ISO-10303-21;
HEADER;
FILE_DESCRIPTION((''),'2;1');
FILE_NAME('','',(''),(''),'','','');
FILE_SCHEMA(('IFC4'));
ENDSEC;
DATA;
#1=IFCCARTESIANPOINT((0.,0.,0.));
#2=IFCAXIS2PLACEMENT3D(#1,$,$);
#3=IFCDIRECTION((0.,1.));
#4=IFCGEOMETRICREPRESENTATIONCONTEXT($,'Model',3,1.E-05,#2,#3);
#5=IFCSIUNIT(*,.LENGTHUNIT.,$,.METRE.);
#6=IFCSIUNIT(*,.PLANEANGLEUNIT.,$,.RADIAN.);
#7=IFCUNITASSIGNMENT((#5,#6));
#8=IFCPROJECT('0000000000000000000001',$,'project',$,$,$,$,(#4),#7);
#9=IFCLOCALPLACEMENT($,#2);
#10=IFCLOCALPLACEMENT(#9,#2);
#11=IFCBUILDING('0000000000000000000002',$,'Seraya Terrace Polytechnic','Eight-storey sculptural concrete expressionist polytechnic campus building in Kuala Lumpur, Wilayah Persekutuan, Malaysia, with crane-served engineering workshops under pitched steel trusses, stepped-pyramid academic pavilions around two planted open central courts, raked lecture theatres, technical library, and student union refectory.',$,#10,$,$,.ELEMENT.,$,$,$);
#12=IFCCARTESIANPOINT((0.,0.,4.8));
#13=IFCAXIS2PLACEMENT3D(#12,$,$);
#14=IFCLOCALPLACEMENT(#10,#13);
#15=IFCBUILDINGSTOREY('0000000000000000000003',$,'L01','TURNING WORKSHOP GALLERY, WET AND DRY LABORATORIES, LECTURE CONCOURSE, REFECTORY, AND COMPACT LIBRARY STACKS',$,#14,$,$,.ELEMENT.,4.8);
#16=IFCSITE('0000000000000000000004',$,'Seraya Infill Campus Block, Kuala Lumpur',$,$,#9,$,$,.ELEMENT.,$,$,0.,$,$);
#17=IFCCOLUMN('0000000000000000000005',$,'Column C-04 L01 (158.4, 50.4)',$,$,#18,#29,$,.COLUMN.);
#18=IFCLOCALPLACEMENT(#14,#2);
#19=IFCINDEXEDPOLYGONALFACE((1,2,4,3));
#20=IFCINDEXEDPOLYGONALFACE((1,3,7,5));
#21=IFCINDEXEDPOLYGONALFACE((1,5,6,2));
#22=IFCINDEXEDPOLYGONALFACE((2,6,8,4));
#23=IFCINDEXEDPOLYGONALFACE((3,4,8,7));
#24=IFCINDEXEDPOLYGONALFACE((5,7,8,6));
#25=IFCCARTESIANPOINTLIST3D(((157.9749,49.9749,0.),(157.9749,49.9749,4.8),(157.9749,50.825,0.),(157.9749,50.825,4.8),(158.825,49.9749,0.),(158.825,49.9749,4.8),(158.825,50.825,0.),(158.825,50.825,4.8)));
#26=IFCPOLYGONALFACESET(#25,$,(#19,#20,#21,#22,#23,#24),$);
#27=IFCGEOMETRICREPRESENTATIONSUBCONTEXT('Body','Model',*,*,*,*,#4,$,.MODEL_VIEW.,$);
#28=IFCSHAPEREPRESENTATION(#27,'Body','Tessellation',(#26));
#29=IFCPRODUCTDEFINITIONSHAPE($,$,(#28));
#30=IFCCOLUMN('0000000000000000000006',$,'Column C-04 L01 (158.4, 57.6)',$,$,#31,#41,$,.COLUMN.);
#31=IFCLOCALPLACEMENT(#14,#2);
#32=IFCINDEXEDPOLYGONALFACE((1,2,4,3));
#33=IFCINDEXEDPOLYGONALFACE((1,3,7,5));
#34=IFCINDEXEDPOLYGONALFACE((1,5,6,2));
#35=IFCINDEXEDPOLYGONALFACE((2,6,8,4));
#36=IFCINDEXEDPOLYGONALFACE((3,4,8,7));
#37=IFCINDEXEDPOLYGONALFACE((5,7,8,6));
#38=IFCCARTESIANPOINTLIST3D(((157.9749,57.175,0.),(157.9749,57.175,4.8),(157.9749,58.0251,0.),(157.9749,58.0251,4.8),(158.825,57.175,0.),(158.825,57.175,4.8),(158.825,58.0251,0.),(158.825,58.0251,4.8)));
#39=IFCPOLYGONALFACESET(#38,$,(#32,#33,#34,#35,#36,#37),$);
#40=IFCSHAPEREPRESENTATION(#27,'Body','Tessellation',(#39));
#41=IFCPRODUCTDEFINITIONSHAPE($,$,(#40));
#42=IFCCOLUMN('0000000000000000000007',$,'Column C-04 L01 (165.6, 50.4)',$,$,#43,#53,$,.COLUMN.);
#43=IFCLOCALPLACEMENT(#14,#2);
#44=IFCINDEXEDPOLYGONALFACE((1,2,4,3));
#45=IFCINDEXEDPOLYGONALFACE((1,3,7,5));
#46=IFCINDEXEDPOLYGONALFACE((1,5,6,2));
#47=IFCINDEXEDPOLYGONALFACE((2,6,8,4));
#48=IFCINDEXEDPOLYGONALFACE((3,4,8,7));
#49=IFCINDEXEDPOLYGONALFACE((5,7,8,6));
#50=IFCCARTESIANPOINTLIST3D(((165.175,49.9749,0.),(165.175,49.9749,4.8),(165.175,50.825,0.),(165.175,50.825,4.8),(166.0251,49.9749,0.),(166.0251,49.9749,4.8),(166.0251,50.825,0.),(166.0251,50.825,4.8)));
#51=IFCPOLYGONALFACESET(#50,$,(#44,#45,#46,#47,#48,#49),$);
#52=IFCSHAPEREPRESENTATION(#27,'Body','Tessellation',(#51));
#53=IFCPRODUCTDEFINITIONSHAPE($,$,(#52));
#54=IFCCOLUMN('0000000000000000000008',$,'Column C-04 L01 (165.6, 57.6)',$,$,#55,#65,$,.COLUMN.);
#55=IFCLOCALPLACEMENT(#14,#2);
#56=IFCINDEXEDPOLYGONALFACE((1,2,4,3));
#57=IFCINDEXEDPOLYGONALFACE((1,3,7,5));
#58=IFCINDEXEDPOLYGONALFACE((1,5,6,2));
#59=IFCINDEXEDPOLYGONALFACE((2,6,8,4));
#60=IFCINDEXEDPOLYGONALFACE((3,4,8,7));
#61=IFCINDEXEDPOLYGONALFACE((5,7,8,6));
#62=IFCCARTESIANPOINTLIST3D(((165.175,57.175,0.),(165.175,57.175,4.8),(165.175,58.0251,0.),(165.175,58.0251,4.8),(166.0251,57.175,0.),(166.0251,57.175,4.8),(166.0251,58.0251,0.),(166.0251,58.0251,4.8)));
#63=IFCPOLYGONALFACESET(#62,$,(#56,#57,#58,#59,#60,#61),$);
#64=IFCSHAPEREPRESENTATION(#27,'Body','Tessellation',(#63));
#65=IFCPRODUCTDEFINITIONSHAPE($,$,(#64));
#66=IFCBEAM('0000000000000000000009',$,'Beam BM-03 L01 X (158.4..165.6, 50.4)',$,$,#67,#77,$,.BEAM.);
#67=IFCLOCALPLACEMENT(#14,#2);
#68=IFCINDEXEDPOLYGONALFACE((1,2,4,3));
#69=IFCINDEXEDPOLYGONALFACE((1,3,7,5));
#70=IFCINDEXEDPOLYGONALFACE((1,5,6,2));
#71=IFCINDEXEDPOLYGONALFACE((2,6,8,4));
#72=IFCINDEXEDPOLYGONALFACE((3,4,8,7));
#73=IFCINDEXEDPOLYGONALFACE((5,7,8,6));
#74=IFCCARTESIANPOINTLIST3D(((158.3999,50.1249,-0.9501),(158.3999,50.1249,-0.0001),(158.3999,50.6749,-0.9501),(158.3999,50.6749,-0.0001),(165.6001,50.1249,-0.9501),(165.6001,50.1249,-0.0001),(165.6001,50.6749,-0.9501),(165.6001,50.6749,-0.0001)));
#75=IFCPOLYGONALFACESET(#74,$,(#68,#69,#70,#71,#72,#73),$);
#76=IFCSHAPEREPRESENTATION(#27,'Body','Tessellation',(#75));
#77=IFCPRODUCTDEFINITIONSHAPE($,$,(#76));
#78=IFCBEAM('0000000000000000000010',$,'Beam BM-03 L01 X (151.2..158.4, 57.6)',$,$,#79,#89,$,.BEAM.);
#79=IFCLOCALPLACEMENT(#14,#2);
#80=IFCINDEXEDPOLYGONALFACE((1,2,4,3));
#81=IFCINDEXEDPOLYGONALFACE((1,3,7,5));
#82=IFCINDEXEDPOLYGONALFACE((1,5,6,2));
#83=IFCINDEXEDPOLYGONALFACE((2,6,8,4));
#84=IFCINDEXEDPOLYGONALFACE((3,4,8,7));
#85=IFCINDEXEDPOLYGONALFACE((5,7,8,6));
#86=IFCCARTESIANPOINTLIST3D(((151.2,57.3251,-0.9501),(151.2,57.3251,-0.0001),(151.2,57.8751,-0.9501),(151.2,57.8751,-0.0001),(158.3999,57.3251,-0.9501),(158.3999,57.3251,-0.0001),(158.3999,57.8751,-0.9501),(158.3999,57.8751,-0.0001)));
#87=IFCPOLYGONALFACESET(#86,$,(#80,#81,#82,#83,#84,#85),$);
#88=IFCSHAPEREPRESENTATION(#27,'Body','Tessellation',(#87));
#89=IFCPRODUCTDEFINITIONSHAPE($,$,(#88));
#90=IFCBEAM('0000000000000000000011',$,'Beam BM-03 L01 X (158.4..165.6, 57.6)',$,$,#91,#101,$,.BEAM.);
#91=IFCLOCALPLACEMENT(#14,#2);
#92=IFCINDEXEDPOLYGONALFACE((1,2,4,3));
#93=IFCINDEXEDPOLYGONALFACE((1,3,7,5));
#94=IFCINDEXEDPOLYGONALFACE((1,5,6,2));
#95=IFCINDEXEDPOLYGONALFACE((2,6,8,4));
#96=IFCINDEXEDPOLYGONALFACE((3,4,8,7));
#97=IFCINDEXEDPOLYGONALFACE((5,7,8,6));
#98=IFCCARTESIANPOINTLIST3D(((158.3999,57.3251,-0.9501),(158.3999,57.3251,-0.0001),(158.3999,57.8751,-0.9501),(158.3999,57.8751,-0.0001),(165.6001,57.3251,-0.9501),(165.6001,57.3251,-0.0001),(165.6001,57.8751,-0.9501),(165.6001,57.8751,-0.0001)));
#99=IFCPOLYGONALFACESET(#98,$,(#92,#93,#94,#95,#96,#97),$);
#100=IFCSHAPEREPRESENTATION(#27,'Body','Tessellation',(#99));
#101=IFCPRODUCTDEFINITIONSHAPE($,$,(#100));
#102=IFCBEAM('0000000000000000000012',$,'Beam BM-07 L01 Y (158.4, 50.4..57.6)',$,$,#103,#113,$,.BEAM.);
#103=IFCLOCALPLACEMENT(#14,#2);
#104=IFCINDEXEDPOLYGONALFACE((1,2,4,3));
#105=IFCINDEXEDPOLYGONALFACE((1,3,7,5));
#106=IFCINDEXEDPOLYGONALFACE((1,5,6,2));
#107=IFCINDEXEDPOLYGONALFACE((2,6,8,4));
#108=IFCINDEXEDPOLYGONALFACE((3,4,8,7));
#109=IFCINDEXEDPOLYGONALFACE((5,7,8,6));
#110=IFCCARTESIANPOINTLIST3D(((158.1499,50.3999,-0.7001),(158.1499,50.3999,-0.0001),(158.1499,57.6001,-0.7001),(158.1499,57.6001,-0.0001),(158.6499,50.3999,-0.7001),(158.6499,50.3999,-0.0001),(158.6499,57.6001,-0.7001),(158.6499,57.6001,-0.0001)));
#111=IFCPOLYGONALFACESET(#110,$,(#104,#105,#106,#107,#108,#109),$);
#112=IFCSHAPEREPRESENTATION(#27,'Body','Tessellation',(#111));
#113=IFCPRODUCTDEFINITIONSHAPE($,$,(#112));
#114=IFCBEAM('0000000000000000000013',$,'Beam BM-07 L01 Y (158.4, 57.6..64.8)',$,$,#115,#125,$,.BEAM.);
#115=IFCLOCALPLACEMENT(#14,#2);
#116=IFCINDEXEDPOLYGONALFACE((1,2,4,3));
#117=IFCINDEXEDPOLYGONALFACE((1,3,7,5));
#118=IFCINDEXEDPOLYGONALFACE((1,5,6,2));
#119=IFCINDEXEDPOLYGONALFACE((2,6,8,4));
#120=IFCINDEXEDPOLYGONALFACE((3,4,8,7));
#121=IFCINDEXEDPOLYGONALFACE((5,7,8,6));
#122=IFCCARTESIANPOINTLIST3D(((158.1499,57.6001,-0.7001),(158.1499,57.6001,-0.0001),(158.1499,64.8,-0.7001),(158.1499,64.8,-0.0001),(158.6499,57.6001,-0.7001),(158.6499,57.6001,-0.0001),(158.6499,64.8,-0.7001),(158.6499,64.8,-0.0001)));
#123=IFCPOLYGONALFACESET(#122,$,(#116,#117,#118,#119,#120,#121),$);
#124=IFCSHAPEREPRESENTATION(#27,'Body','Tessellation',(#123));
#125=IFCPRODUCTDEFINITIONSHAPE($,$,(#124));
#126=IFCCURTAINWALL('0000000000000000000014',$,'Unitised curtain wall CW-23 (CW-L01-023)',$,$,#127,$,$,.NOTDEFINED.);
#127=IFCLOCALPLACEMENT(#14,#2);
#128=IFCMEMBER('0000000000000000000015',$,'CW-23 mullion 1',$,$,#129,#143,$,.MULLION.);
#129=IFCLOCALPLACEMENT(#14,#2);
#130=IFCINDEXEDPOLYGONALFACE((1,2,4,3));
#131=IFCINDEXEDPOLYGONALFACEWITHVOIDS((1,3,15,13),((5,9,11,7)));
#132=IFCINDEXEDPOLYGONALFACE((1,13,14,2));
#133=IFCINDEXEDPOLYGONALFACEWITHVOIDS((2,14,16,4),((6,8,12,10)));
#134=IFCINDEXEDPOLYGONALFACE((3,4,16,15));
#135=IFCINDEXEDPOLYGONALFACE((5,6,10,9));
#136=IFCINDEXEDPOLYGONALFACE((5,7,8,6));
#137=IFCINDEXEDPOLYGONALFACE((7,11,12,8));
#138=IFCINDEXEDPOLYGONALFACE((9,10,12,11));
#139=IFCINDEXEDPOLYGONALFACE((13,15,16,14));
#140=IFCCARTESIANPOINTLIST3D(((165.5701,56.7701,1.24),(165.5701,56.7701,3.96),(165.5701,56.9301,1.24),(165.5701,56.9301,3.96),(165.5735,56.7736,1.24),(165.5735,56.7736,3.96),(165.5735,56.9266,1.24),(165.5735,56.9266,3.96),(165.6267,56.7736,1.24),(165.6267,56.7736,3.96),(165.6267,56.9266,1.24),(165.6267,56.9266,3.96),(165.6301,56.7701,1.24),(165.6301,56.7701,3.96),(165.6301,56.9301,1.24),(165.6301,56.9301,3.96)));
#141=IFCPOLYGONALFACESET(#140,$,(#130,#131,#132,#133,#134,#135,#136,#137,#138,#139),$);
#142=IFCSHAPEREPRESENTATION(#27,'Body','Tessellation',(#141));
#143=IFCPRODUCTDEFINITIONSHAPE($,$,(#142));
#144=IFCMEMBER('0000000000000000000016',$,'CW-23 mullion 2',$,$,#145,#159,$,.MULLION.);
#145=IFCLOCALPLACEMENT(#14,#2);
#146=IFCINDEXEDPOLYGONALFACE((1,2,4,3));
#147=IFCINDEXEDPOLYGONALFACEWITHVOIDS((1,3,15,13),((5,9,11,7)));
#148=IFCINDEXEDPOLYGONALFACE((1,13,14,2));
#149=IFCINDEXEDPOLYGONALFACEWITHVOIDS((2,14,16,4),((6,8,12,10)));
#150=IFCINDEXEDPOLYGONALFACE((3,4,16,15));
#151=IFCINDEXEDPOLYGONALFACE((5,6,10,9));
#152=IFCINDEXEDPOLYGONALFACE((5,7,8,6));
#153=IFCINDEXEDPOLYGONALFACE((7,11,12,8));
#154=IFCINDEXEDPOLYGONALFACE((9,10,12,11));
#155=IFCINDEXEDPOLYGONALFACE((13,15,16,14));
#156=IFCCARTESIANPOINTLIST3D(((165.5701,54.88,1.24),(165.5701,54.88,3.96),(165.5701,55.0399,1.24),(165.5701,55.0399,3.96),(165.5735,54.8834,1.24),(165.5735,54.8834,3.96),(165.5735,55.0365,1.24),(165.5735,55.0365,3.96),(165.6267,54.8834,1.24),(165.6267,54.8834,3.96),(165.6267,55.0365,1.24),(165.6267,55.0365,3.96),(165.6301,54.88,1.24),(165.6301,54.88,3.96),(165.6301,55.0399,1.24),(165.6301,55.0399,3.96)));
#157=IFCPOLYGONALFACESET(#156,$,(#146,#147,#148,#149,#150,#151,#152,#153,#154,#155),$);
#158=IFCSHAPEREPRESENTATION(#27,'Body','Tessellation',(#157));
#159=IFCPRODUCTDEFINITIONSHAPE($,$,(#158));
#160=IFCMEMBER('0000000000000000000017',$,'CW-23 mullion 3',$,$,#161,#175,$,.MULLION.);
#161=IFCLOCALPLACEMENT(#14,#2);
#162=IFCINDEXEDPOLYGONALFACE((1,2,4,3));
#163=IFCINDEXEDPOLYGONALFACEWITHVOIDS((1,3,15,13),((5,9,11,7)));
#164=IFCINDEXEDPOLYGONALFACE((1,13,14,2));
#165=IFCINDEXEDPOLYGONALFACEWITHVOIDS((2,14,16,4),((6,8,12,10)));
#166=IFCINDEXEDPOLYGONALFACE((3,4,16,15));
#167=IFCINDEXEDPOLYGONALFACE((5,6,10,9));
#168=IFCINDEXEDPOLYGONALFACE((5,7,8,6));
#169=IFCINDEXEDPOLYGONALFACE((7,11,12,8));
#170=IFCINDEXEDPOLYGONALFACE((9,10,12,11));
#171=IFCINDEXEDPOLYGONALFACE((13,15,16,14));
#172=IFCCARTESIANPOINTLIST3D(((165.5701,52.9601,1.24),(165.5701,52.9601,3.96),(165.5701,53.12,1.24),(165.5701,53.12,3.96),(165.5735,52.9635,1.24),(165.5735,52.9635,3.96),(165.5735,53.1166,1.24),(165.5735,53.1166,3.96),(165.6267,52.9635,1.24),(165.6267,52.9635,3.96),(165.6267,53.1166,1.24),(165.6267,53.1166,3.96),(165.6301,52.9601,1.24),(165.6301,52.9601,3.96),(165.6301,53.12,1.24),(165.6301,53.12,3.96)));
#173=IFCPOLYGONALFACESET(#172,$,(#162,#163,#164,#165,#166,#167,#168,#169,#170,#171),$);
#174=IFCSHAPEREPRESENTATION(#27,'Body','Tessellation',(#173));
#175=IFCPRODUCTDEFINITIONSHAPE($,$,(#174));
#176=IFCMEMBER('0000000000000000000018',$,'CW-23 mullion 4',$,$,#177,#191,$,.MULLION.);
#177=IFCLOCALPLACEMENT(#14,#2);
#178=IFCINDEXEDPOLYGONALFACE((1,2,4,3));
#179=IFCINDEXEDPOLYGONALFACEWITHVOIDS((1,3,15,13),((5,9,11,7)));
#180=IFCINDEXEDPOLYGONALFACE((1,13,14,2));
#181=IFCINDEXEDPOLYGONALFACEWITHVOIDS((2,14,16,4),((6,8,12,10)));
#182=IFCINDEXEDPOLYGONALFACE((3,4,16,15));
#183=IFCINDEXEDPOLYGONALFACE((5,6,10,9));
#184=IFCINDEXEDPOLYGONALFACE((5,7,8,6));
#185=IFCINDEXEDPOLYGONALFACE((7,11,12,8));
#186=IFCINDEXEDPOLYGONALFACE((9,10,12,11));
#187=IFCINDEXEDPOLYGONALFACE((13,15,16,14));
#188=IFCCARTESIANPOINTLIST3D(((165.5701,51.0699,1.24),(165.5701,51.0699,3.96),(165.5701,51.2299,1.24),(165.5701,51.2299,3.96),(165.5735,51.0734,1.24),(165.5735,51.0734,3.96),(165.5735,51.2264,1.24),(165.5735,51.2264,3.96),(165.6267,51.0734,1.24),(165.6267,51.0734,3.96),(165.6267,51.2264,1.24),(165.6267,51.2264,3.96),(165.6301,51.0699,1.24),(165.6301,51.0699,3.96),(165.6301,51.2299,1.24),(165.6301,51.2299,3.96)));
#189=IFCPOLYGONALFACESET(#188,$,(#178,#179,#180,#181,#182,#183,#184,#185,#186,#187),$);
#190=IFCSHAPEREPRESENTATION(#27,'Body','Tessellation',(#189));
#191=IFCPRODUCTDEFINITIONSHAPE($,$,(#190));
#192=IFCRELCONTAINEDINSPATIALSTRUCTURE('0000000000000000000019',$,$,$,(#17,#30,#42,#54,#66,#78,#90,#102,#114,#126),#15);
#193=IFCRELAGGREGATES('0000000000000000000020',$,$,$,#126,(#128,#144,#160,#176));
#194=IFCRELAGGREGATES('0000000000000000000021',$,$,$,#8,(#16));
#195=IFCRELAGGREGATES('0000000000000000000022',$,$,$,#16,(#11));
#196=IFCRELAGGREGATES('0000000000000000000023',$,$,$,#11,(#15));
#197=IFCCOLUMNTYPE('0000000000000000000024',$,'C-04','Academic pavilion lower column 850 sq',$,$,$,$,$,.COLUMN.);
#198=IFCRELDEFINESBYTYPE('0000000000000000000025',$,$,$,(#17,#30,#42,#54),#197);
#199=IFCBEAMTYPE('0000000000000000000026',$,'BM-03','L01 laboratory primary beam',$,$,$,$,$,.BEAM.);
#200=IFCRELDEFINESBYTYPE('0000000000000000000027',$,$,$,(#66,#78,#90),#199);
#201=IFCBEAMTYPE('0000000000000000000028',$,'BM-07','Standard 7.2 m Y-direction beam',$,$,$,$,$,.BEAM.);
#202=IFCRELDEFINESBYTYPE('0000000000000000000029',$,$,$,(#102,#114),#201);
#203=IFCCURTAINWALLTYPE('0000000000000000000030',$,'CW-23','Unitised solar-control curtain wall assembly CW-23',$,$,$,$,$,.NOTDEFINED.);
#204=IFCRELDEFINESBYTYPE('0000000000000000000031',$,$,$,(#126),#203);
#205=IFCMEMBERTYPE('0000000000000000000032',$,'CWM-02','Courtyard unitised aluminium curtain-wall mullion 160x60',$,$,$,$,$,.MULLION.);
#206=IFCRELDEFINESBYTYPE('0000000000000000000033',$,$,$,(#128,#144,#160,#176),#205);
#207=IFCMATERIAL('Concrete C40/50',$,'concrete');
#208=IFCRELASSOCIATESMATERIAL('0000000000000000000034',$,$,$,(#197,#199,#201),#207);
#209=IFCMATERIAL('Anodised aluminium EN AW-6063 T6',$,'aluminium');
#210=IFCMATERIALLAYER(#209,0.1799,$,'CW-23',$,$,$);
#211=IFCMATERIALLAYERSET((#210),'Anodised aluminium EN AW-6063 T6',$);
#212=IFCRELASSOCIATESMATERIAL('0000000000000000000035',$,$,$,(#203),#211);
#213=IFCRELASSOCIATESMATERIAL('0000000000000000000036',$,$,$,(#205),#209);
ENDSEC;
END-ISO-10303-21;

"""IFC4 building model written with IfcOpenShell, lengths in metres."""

from ifc_helpers import new_model, si_unit, direction, frame, origin, origin_2d, place, context, subcontext, project, spatial, rectangle, hollow_rectangle, extrude, material, layer, layer_set, material_profile, profile_set, type_object, element, aggregate, save


model = new_model("IFC4")

# Units and contexts
model_context = context("Model", 3, precision=1e-05, world=origin(), true_north=direction((0.0, 1.0)))
body_context = subcontext(model_context, "Body", "Model", "MODEL_VIEW")
ifc_project = project(units=[si_unit("LENGTHUNIT", "METRE"), si_unit("PLANEANGLEUNIT", "RADIAN")], contexts=[model_context])

# Site, building, storey
site_placement = place(None, origin())
site = spatial("IfcSite", under=ifc_project, at=site_placement, Name="Seraya Infill Campus Block, Kuala Lumpur", CompositionType="ELEMENT", RefElevation=0.0)
building_placement = place(site_placement, origin())
building = spatial("IfcBuilding", under=site, at=building_placement, Name="Seraya Terrace Polytechnic", Description="Eight-storey sculptural concrete expressionist polytechnic campus building in Kuala Lumpur, Wilayah Persekutuan, Malaysia, with crane-served engineering workshops under pitched steel trusses, stepped-pyramid academic pavilions around two planted open central courts, raked lecture theatres, technical library, and student union refectory.", CompositionType="ELEMENT")
storey_placement = place(building_placement, frame((0.0, 0.0, 4.8)))
storey = spatial("IfcBuildingStorey", under=building, at=storey_placement, Name="L01", Description="TURNING WORKSHOP GALLERY, WET AND DRY LABORATORIES, LECTURE CONCOURSE, REFECTORY, AND COMPACT LIBRARY STACKS", CompositionType="ELEMENT", Elevation=4.8)

# Columns
ifc_material_1 = material(Name="Concrete C40/50", Category="concrete")
ifc_material_profile_1 = material_profile(ifc_material_1, rectangle(XDim=0.8501, YDim=0.8501, at=origin_2d()), Name="RC 850x850")
ifc_profile_set_1 = profile_set([ifc_material_profile_1], Name="Concrete C40/50")
column_type = type_object("IfcColumnType", Name="C-04", Description="Academic pavilion lower column 850 sq", PredefinedType="COLUMN", material=ifc_profile_set_1)
for number, where, z_axis, x_axis, name in (
    (1, (158.3999, 50.3999, 0.0), (0.0, 0.0, 1.0), (1.0, 0.0, 0.0), "Column C-04 L01 (158.4, 50.4)"),
    (2, (158.3999, 57.6001, 0.0), (0.0, 0.0, 1.0), (1.0, 0.0, 0.0), "Column C-04 L01 (158.4, 57.6)"),
    (3, (165.6001, 50.3999, 0.0), (0.0, 0.0, 1.0), (1.0, 0.0, 0.0), "Column C-04 L01 (165.6, 50.4)"),
    (4, (165.6001, 57.6001, 0.0), (0.0, 0.0, 1.0), (1.0, 0.0, 0.0), "Column C-04 L01 (165.6, 57.6)"),
):
    element("IfcColumn", number, at=place(storey_placement, frame(where, z_axis=z_axis, x_axis=x_axis)), inside=storey, type_object=column_type, Name=name, PredefinedType="COLUMN", context=body_context, shape_type="SweptSolid", body=[
        extrude(rectangle(XDim=0.8501, YDim=0.8501, at=origin_2d()), origin(), (0.0, 0.0, 1.0), 4.8),
    ])

# Beams
ifc_material_profile_2 = material_profile(ifc_material_1, rectangle(XDim=0.55, YDim=0.95, at=origin_2d()), Name="RC 550x950")
ifc_profile_set_2 = profile_set([ifc_material_profile_2], Name="Concrete C40/50")
beam_type_1 = type_object("IfcBeamType", Name="BM-03", Description="L01 laboratory primary beam", PredefinedType="BEAM", material=ifc_profile_set_2)
beam_1_placement = place(storey_placement, frame((158.3999, 50.3999, -0.4751), z_axis=(1.0, 0.0, 0.0), x_axis=(0.0, 1.0, 0.0)))
element("IfcBeam", 5, at=beam_1_placement, inside=storey, type_object=beam_type_1, Name="Beam BM-03 L01 X (158.4..165.6, 50.4)", PredefinedType="BEAM", context=body_context, shape_type="SweptSolid", body=[
    extrude(rectangle(XDim=0.55, YDim=0.95, at=origin_2d()), origin(), (0.0, 0.0, 1.0), 7.2002),
])
beam_2_placement = place(storey_placement, frame((151.2, 57.6001, -0.4751), z_axis=(1.0, 0.0, 0.0), x_axis=(0.0, 1.0, 0.0)))
element("IfcBeam", 6, at=beam_2_placement, inside=storey, type_object=beam_type_1, Name="Beam BM-03 L01 X (151.2..158.4, 57.6)", PredefinedType="BEAM", context=body_context, shape_type="SweptSolid", body=[
    extrude(rectangle(XDim=0.55, YDim=0.95, at=origin_2d()), origin(), (0.0, 0.0, 1.0), 7.2),
])
beam_3_placement = place(storey_placement, frame((158.3999, 57.6001, -0.4751), z_axis=(1.0, 0.0, 0.0), x_axis=(0.0, 1.0, 0.0)))
element("IfcBeam", 7, at=beam_3_placement, inside=storey, type_object=beam_type_1, Name="Beam BM-03 L01 X (158.4..165.6, 57.6)", PredefinedType="BEAM", context=body_context, shape_type="SweptSolid", body=[
    extrude(rectangle(XDim=0.55, YDim=0.95, at=origin_2d()), origin(), (0.0, 0.0, 1.0), 7.2002),
])
ifc_material_profile_3 = material_profile(ifc_material_1, rectangle(XDim=0.5, YDim=0.7, at=origin_2d()), Name="RC 500x700")
ifc_profile_set_3 = profile_set([ifc_material_profile_3], Name="Concrete C40/50")
beam_type_2 = type_object("IfcBeamType", Name="BM-07", Description="Standard 7.2 m Y-direction beam", PredefinedType="BEAM", material=ifc_profile_set_3)
beam_4_placement = place(storey_placement, frame((158.3999, 50.3999, -0.3501), z_axis=(0.0, 1.0, 0.0), x_axis=(-1.0, 0.0, 0.0)))
element("IfcBeam", 8, at=beam_4_placement, inside=storey, type_object=beam_type_2, Name="Beam BM-07 L01 Y (158.4, 50.4..57.6)", PredefinedType="BEAM", context=body_context, shape_type="SweptSolid", body=[
    extrude(rectangle(XDim=0.5, YDim=0.7, at=origin_2d()), origin(), (0.0, 0.0, 1.0), 7.2002),
])
beam_5_placement = place(storey_placement, frame((158.3999, 57.6001, -0.3501), z_axis=(0.0, 1.0, 0.0), x_axis=(-1.0, 0.0, 0.0)))
element("IfcBeam", 9, at=beam_5_placement, inside=storey, type_object=beam_type_2, Name="Beam BM-07 L01 Y (158.4, 57.6..64.8)", PredefinedType="BEAM", context=body_context, shape_type="SweptSolid", body=[
    extrude(rectangle(XDim=0.5, YDim=0.7, at=origin_2d()), origin(), (0.0, 0.0, 1.0), 7.2),
])

# Curtain wall, members
ifc_material_2 = material(Name="Anodised aluminium EN AW-6063 T6", Category="aluminium")
ifc_layer_1 = layer(ifc_material_2, 0.1799, Name="CW-23")
ifc_layer_set_1 = layer_set([ifc_layer_1], Name="Anodised aluminium EN AW-6063 T6")
curtain_wall_type = type_object("IfcCurtainWallType", Name="CW-23", Description="Unitised solar-control curtain wall assembly CW-23", PredefinedType="NOTDEFINED", material=ifc_layer_set_1)
curtain_wall_placement = place(storey_placement, origin())
curtain_wall = element("IfcCurtainWall", 10, at=curtain_wall_placement, inside=storey, type_object=curtain_wall_type, Name="Unitised curtain wall CW-23 (CW-L01-023)", PredefinedType="NOTDEFINED")
ifc_material_profile_4 = material_profile(ifc_material_2, hollow_rectangle(XDim=0.0601, YDim=0.1599, WallThickness=0.0034, at=origin_2d()), Name="RHS 160x60x3.5")
ifc_profile_set_4 = profile_set([ifc_material_profile_4], Name="Anodised aluminium EN AW-6063 T6")
member_type_1 = type_object("IfcMemberType", Name="CWM-02", Description="Courtyard unitised aluminium curtain-wall mullion 160x60", PredefinedType="MULLION", material=ifc_profile_set_4)
member_1_placement = place(storey_placement, frame((165.6001, 56.8501, 1.24), z_axis=(0.0, 0.0, 1.0), x_axis=(1.0, 0.0, 0.0)))
member_1 = element("IfcMember", 11, at=member_1_placement, type_object=member_type_1, Name="CW-23 mullion 1", PredefinedType="MULLION", context=body_context, shape_type="SweptSolid", body=[
    extrude(hollow_rectangle(XDim=0.0601, YDim=0.1599, WallThickness=0.0034, at=origin_2d()), origin(), (0.0, 0.0, 1.0), 2.72),
])
member_2_placement = place(storey_placement, frame((165.6001, 54.96, 1.24), z_axis=(0.0, 0.0, 1.0), x_axis=(1.0, 0.0, 0.0)))
member_2 = element("IfcMember", 12, at=member_2_placement, type_object=member_type_1, Name="CW-23 mullion 2", PredefinedType="MULLION", context=body_context, shape_type="SweptSolid", body=[
    extrude(hollow_rectangle(XDim=0.0601, YDim=0.1599, WallThickness=0.0034, at=origin_2d()), origin(), (0.0, 0.0, 1.0), 2.72),
])
member_3_placement = place(storey_placement, frame((165.6001, 53.04, 1.24), z_axis=(0.0, 0.0, 1.0), x_axis=(1.0, 0.0, 0.0)))
member_3 = element("IfcMember", 13, at=member_3_placement, type_object=member_type_1, Name="CW-23 mullion 3", PredefinedType="MULLION", context=body_context, shape_type="SweptSolid", body=[
    extrude(hollow_rectangle(XDim=0.0601, YDim=0.1599, WallThickness=0.0034, at=origin_2d()), origin(), (0.0, 0.0, 1.0), 2.72),
])
member_4_placement = place(storey_placement, frame((165.6001, 51.1499, 1.24), z_axis=(0.0, 0.0, 1.0), x_axis=(1.0, 0.0, 0.0)))
member_4 = element("IfcMember", 14, at=member_4_placement, type_object=member_type_1, Name="CW-23 mullion 4", PredefinedType="MULLION", context=body_context, shape_type="SweptSolid", body=[
    extrude(hollow_rectangle(XDim=0.0601, YDim=0.1599, WallThickness=0.0034, at=origin_2d()), origin(), (0.0, 0.0, 1.0), 2.72),
])

aggregate(curtain_wall, [member_1, member_2, member_3, member_4])

save(model, "model.ifc")
